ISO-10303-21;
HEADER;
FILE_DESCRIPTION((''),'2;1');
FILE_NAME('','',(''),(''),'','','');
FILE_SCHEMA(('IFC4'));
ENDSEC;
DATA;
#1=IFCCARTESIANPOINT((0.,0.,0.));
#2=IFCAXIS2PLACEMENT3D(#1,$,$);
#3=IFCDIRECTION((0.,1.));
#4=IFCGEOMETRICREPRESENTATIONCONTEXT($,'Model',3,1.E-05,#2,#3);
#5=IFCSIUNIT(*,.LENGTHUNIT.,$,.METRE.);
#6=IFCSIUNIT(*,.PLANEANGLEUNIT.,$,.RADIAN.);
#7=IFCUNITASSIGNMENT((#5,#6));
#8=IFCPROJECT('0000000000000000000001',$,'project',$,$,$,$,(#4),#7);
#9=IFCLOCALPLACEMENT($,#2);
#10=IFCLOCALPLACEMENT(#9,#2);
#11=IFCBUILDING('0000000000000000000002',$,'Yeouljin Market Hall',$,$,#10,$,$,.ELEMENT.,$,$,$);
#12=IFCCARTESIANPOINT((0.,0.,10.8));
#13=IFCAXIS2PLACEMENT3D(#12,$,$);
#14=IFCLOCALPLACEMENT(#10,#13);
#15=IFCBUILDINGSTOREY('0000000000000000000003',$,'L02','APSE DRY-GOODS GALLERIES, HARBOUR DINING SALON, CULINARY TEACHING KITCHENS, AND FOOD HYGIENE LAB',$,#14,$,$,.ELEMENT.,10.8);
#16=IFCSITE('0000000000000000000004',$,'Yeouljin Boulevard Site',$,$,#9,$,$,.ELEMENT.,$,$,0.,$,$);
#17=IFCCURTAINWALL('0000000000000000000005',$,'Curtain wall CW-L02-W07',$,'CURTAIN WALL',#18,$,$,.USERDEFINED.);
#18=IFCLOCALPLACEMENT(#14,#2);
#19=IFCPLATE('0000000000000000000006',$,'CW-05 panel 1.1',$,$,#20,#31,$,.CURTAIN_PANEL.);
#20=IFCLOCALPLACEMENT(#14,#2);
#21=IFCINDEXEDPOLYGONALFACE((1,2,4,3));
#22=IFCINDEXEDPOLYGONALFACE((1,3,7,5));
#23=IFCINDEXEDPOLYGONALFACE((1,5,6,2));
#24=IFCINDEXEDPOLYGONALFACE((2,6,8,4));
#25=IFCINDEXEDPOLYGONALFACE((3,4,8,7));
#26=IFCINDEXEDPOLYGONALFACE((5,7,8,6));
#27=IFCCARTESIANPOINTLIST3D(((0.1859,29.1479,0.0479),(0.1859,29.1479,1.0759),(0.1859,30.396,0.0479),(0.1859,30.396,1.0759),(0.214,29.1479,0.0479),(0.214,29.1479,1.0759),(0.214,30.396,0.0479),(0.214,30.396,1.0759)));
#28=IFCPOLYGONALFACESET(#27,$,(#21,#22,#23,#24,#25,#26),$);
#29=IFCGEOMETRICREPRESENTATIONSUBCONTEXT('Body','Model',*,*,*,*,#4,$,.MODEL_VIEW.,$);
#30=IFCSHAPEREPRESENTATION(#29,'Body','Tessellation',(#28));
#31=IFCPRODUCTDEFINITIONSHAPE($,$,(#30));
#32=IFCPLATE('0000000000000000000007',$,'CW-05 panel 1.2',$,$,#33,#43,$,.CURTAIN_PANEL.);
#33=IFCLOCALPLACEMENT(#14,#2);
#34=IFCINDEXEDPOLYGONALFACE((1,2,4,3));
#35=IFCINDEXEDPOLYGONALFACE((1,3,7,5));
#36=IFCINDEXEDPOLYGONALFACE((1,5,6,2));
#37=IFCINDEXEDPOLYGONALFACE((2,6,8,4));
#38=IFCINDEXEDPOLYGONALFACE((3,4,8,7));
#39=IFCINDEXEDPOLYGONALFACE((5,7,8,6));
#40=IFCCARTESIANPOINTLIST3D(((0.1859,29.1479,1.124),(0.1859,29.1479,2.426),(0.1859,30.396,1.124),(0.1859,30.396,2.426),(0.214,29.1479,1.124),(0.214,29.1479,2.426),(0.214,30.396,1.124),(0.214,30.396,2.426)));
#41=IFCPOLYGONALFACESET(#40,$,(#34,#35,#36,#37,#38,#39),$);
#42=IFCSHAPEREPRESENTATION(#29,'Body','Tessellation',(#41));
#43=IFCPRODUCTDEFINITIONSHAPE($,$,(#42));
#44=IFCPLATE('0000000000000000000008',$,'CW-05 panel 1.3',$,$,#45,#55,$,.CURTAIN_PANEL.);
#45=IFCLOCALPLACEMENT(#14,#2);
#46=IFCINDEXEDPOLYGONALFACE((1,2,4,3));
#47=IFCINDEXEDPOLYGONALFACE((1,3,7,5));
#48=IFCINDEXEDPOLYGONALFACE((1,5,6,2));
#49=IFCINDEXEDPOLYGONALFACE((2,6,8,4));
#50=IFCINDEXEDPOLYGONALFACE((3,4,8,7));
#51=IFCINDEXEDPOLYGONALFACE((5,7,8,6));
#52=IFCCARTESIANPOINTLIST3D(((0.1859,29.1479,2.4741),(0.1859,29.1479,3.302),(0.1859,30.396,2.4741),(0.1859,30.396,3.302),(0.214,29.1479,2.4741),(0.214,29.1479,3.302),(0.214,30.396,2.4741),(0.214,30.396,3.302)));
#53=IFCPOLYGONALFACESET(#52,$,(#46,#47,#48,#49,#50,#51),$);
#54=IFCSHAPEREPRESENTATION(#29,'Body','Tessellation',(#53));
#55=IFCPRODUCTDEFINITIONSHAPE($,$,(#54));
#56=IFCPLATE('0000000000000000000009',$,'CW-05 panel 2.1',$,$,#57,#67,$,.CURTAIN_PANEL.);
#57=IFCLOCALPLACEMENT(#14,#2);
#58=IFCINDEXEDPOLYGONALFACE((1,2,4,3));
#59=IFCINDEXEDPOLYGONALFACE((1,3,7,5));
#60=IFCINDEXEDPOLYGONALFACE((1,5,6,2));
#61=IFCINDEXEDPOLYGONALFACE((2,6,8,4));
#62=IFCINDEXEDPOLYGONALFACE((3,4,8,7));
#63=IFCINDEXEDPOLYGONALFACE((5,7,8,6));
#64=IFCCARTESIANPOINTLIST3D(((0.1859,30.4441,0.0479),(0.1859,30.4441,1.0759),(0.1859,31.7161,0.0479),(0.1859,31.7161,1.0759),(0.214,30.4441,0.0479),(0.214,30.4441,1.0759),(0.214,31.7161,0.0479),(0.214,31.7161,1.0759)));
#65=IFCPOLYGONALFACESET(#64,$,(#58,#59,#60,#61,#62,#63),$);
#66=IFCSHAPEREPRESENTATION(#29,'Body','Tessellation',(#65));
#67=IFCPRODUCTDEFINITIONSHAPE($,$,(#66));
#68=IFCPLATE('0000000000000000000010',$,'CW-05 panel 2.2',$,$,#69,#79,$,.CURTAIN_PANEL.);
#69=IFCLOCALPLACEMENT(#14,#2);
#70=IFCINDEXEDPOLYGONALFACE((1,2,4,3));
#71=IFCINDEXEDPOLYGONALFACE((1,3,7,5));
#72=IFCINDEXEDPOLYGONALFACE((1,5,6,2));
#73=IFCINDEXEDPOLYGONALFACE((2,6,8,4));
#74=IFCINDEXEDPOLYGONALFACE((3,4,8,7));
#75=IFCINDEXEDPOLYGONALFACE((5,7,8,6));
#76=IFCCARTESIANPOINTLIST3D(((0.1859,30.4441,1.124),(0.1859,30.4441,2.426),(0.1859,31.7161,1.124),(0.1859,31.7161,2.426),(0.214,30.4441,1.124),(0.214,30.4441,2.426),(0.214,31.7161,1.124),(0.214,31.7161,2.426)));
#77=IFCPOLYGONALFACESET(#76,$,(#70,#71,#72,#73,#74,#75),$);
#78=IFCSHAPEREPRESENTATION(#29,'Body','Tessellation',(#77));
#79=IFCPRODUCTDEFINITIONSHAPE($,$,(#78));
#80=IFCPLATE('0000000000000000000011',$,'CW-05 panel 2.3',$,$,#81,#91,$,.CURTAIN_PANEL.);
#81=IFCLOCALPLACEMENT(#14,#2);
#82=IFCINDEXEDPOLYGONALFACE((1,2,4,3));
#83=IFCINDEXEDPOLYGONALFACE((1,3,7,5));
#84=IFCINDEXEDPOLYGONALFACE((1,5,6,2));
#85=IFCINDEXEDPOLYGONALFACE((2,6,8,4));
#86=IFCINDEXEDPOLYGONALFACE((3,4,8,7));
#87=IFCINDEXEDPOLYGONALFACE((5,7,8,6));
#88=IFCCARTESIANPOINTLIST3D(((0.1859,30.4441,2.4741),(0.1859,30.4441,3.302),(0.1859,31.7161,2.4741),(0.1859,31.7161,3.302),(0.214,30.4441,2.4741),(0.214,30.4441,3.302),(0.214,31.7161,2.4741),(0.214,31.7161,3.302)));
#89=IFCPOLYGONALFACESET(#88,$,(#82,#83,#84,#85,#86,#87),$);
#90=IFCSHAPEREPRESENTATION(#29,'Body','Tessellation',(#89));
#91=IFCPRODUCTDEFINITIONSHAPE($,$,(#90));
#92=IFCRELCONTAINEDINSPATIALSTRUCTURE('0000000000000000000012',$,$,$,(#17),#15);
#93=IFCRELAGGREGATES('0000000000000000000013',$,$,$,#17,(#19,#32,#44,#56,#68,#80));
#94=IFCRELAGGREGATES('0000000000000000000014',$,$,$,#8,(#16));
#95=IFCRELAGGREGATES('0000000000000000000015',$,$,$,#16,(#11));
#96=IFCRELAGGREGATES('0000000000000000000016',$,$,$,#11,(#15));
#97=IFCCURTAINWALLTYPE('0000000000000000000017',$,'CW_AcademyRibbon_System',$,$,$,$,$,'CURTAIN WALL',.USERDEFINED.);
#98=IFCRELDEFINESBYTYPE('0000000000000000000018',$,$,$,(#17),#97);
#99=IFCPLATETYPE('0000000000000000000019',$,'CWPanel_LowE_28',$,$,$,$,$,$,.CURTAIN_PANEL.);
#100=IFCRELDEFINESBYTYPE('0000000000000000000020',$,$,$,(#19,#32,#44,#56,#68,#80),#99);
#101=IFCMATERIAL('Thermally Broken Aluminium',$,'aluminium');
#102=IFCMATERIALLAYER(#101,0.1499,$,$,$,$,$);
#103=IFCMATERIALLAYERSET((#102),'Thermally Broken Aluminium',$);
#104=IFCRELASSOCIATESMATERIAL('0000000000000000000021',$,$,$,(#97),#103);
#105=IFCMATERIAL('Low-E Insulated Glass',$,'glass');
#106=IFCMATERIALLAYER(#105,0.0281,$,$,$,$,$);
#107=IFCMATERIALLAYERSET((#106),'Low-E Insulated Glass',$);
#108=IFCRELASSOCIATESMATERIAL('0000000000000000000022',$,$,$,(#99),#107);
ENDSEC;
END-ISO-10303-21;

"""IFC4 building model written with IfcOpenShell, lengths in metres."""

from ifc_helpers import new_model, si_unit, direction, frame, origin, origin_2d, place, context, subcontext, project, spatial, rectangle, extrude, material, layer, layer_set, type_object, element, aggregate, save


model = new_model("IFC4")

# Units and contexts
model_context = context("Model", 3, precision=1e-05, world=origin(), true_north=direction((0.0, 1.0)))
body_context = subcontext(model_context, "Body", "Model", "MODEL_VIEW")
ifc_project = project(units=[si_unit("LENGTHUNIT", "METRE"), si_unit("PLANEANGLEUNIT", "RADIAN")], contexts=[model_context])

# Site, building, storey
site_placement = place(None, origin())
site = spatial("IfcSite", under=ifc_project, at=site_placement, Name="Yeouljin Boulevard Site", CompositionType="ELEMENT", RefElevation=0.0)
building_placement = place(site_placement, origin())
building = spatial("IfcBuilding", under=site, at=building_placement, Name="Yeouljin Market Hall", CompositionType="ELEMENT")
storey_placement = place(building_placement, frame((0.0, 0.0, 10.8)))
storey = spatial("IfcBuildingStorey", under=building, at=storey_placement, Name="L02", Description="APSE DRY-GOODS GALLERIES, HARBOUR DINING SALON, CULINARY TEACHING KITCHENS, AND FOOD HYGIENE LAB", CompositionType="ELEMENT", Elevation=10.8)

# Curtain wall, plates
ifc_material_1 = material(Name="Thermally Broken Aluminium", Category="aluminium")
ifc_layer_1 = layer(ifc_material_1, 0.1499)
ifc_layer_set_1 = layer_set([ifc_layer_1], Name="Thermally Broken Aluminium")
curtain_wall_type = type_object("IfcCurtainWallType", Name="CW_AcademyRibbon_System", ElementType="CURTAIN WALL", PredefinedType="USERDEFINED", material=ifc_layer_set_1)
curtain_wall_placement = place(storey_placement, origin())
curtain_wall = element("IfcCurtainWall", 1, at=curtain_wall_placement, inside=storey, type_object=curtain_wall_type, Name="Curtain wall CW-L02-W07", ObjectType="CURTAIN WALL", PredefinedType="USERDEFINED")
ifc_material_2 = material(Name="Low-E Insulated Glass", Category="glass")
ifc_layer_2 = layer(ifc_material_2, 0.0281)
ifc_layer_set_2 = layer_set([ifc_layer_2], Name="Low-E Insulated Glass")
plate_type = type_object("IfcPlateType", Name="CWPanel_LowE_28", PredefinedType="CURTAIN_PANEL", material=ifc_layer_set_2)
plate_1_placement = place(storey_placement, frame((0.2, 29.772, 0.0479), z_axis=(0.0, 0.0, 1.0), x_axis=(0.0, 1.0, 0.0)))
plate_1 = element("IfcPlate", 2, at=plate_1_placement, type_object=plate_type, Name="CW-05 panel 1.1", PredefinedType="CURTAIN_PANEL", context=body_context, shape_type="SweptSolid", body=[
    extrude(rectangle(XDim=1.248, YDim=0.0281, at=origin_2d()), origin(), (0.0, 0.0, 1.0), 1.0281),
])
plate_2_placement = place(storey_placement, frame((0.2, 29.772, 1.124), z_axis=(0.0, 0.0, 1.0), x_axis=(0.0, 1.0, 0.0)))
plate_2 = element("IfcPlate", 3, at=plate_2_placement, type_object=plate_type, Name="CW-05 panel 1.2", PredefinedType="CURTAIN_PANEL", context=body_context, shape_type="SweptSolid", body=[
    extrude(rectangle(XDim=1.248, YDim=0.0281, at=origin_2d()), origin(), (0.0, 0.0, 1.0), 1.302),
])
plate_3_placement = place(storey_placement, frame((0.2, 29.772, 2.4741), z_axis=(0.0, 0.0, 1.0), x_axis=(0.0, 1.0, 0.0)))
plate_3 = element("IfcPlate", 4, at=plate_3_placement, type_object=plate_type, Name="CW-05 panel 1.3", PredefinedType="CURTAIN_PANEL", context=body_context, shape_type="SweptSolid", body=[
    extrude(rectangle(XDim=1.248, YDim=0.0281, at=origin_2d()), origin(), (0.0, 0.0, 1.0), 0.8279),
])
plate_4_placement = place(storey_placement, frame((0.2, 31.0801, 0.0479), z_axis=(0.0, 0.0, 1.0), x_axis=(0.0, 1.0, 0.0)))
plate_4 = element("IfcPlate", 5, at=plate_4_placement, type_object=plate_type, Name="CW-05 panel 2.1", PredefinedType="CURTAIN_PANEL", context=body_context, shape_type="SweptSolid", body=[
    extrude(rectangle(XDim=1.272, YDim=0.0281, at=origin_2d()), origin(), (0.0, 0.0, 1.0), 1.0281),
])
plate_5_placement = place(storey_placement, frame((0.2, 31.0801, 1.124), z_axis=(0.0, 0.0, 1.0), x_axis=(0.0, 1.0, 0.0)))
plate_5 = element("IfcPlate", 6, at=plate_5_placement, type_object=plate_type, Name="CW-05 panel 2.2", PredefinedType="CURTAIN_PANEL", context=body_context, shape_type="SweptSolid", body=[
    extrude(rectangle(XDim=1.272, YDim=0.0281, at=origin_2d()), origin(), (0.0, 0.0, 1.0), 1.302),
])
plate_6_placement = place(storey_placement, frame((0.2, 31.0801, 2.4741), z_axis=(0.0, 0.0, 1.0), x_axis=(0.0, 1.0, 0.0)))
plate_6 = element("IfcPlate", 7, at=plate_6_placement, type_object=plate_type, Name="CW-05 panel 2.3", PredefinedType="CURTAIN_PANEL", context=body_context, shape_type="SweptSolid", body=[
    extrude(rectangle(XDim=1.272, YDim=0.0281, at=origin_2d()), origin(), (0.0, 0.0, 1.0), 0.8279),
])
aggregate(curtain_wall, [plate_1, plate_2, plate_3, plate_4, plate_5, plate_6])

save(model, "model.ifc")
